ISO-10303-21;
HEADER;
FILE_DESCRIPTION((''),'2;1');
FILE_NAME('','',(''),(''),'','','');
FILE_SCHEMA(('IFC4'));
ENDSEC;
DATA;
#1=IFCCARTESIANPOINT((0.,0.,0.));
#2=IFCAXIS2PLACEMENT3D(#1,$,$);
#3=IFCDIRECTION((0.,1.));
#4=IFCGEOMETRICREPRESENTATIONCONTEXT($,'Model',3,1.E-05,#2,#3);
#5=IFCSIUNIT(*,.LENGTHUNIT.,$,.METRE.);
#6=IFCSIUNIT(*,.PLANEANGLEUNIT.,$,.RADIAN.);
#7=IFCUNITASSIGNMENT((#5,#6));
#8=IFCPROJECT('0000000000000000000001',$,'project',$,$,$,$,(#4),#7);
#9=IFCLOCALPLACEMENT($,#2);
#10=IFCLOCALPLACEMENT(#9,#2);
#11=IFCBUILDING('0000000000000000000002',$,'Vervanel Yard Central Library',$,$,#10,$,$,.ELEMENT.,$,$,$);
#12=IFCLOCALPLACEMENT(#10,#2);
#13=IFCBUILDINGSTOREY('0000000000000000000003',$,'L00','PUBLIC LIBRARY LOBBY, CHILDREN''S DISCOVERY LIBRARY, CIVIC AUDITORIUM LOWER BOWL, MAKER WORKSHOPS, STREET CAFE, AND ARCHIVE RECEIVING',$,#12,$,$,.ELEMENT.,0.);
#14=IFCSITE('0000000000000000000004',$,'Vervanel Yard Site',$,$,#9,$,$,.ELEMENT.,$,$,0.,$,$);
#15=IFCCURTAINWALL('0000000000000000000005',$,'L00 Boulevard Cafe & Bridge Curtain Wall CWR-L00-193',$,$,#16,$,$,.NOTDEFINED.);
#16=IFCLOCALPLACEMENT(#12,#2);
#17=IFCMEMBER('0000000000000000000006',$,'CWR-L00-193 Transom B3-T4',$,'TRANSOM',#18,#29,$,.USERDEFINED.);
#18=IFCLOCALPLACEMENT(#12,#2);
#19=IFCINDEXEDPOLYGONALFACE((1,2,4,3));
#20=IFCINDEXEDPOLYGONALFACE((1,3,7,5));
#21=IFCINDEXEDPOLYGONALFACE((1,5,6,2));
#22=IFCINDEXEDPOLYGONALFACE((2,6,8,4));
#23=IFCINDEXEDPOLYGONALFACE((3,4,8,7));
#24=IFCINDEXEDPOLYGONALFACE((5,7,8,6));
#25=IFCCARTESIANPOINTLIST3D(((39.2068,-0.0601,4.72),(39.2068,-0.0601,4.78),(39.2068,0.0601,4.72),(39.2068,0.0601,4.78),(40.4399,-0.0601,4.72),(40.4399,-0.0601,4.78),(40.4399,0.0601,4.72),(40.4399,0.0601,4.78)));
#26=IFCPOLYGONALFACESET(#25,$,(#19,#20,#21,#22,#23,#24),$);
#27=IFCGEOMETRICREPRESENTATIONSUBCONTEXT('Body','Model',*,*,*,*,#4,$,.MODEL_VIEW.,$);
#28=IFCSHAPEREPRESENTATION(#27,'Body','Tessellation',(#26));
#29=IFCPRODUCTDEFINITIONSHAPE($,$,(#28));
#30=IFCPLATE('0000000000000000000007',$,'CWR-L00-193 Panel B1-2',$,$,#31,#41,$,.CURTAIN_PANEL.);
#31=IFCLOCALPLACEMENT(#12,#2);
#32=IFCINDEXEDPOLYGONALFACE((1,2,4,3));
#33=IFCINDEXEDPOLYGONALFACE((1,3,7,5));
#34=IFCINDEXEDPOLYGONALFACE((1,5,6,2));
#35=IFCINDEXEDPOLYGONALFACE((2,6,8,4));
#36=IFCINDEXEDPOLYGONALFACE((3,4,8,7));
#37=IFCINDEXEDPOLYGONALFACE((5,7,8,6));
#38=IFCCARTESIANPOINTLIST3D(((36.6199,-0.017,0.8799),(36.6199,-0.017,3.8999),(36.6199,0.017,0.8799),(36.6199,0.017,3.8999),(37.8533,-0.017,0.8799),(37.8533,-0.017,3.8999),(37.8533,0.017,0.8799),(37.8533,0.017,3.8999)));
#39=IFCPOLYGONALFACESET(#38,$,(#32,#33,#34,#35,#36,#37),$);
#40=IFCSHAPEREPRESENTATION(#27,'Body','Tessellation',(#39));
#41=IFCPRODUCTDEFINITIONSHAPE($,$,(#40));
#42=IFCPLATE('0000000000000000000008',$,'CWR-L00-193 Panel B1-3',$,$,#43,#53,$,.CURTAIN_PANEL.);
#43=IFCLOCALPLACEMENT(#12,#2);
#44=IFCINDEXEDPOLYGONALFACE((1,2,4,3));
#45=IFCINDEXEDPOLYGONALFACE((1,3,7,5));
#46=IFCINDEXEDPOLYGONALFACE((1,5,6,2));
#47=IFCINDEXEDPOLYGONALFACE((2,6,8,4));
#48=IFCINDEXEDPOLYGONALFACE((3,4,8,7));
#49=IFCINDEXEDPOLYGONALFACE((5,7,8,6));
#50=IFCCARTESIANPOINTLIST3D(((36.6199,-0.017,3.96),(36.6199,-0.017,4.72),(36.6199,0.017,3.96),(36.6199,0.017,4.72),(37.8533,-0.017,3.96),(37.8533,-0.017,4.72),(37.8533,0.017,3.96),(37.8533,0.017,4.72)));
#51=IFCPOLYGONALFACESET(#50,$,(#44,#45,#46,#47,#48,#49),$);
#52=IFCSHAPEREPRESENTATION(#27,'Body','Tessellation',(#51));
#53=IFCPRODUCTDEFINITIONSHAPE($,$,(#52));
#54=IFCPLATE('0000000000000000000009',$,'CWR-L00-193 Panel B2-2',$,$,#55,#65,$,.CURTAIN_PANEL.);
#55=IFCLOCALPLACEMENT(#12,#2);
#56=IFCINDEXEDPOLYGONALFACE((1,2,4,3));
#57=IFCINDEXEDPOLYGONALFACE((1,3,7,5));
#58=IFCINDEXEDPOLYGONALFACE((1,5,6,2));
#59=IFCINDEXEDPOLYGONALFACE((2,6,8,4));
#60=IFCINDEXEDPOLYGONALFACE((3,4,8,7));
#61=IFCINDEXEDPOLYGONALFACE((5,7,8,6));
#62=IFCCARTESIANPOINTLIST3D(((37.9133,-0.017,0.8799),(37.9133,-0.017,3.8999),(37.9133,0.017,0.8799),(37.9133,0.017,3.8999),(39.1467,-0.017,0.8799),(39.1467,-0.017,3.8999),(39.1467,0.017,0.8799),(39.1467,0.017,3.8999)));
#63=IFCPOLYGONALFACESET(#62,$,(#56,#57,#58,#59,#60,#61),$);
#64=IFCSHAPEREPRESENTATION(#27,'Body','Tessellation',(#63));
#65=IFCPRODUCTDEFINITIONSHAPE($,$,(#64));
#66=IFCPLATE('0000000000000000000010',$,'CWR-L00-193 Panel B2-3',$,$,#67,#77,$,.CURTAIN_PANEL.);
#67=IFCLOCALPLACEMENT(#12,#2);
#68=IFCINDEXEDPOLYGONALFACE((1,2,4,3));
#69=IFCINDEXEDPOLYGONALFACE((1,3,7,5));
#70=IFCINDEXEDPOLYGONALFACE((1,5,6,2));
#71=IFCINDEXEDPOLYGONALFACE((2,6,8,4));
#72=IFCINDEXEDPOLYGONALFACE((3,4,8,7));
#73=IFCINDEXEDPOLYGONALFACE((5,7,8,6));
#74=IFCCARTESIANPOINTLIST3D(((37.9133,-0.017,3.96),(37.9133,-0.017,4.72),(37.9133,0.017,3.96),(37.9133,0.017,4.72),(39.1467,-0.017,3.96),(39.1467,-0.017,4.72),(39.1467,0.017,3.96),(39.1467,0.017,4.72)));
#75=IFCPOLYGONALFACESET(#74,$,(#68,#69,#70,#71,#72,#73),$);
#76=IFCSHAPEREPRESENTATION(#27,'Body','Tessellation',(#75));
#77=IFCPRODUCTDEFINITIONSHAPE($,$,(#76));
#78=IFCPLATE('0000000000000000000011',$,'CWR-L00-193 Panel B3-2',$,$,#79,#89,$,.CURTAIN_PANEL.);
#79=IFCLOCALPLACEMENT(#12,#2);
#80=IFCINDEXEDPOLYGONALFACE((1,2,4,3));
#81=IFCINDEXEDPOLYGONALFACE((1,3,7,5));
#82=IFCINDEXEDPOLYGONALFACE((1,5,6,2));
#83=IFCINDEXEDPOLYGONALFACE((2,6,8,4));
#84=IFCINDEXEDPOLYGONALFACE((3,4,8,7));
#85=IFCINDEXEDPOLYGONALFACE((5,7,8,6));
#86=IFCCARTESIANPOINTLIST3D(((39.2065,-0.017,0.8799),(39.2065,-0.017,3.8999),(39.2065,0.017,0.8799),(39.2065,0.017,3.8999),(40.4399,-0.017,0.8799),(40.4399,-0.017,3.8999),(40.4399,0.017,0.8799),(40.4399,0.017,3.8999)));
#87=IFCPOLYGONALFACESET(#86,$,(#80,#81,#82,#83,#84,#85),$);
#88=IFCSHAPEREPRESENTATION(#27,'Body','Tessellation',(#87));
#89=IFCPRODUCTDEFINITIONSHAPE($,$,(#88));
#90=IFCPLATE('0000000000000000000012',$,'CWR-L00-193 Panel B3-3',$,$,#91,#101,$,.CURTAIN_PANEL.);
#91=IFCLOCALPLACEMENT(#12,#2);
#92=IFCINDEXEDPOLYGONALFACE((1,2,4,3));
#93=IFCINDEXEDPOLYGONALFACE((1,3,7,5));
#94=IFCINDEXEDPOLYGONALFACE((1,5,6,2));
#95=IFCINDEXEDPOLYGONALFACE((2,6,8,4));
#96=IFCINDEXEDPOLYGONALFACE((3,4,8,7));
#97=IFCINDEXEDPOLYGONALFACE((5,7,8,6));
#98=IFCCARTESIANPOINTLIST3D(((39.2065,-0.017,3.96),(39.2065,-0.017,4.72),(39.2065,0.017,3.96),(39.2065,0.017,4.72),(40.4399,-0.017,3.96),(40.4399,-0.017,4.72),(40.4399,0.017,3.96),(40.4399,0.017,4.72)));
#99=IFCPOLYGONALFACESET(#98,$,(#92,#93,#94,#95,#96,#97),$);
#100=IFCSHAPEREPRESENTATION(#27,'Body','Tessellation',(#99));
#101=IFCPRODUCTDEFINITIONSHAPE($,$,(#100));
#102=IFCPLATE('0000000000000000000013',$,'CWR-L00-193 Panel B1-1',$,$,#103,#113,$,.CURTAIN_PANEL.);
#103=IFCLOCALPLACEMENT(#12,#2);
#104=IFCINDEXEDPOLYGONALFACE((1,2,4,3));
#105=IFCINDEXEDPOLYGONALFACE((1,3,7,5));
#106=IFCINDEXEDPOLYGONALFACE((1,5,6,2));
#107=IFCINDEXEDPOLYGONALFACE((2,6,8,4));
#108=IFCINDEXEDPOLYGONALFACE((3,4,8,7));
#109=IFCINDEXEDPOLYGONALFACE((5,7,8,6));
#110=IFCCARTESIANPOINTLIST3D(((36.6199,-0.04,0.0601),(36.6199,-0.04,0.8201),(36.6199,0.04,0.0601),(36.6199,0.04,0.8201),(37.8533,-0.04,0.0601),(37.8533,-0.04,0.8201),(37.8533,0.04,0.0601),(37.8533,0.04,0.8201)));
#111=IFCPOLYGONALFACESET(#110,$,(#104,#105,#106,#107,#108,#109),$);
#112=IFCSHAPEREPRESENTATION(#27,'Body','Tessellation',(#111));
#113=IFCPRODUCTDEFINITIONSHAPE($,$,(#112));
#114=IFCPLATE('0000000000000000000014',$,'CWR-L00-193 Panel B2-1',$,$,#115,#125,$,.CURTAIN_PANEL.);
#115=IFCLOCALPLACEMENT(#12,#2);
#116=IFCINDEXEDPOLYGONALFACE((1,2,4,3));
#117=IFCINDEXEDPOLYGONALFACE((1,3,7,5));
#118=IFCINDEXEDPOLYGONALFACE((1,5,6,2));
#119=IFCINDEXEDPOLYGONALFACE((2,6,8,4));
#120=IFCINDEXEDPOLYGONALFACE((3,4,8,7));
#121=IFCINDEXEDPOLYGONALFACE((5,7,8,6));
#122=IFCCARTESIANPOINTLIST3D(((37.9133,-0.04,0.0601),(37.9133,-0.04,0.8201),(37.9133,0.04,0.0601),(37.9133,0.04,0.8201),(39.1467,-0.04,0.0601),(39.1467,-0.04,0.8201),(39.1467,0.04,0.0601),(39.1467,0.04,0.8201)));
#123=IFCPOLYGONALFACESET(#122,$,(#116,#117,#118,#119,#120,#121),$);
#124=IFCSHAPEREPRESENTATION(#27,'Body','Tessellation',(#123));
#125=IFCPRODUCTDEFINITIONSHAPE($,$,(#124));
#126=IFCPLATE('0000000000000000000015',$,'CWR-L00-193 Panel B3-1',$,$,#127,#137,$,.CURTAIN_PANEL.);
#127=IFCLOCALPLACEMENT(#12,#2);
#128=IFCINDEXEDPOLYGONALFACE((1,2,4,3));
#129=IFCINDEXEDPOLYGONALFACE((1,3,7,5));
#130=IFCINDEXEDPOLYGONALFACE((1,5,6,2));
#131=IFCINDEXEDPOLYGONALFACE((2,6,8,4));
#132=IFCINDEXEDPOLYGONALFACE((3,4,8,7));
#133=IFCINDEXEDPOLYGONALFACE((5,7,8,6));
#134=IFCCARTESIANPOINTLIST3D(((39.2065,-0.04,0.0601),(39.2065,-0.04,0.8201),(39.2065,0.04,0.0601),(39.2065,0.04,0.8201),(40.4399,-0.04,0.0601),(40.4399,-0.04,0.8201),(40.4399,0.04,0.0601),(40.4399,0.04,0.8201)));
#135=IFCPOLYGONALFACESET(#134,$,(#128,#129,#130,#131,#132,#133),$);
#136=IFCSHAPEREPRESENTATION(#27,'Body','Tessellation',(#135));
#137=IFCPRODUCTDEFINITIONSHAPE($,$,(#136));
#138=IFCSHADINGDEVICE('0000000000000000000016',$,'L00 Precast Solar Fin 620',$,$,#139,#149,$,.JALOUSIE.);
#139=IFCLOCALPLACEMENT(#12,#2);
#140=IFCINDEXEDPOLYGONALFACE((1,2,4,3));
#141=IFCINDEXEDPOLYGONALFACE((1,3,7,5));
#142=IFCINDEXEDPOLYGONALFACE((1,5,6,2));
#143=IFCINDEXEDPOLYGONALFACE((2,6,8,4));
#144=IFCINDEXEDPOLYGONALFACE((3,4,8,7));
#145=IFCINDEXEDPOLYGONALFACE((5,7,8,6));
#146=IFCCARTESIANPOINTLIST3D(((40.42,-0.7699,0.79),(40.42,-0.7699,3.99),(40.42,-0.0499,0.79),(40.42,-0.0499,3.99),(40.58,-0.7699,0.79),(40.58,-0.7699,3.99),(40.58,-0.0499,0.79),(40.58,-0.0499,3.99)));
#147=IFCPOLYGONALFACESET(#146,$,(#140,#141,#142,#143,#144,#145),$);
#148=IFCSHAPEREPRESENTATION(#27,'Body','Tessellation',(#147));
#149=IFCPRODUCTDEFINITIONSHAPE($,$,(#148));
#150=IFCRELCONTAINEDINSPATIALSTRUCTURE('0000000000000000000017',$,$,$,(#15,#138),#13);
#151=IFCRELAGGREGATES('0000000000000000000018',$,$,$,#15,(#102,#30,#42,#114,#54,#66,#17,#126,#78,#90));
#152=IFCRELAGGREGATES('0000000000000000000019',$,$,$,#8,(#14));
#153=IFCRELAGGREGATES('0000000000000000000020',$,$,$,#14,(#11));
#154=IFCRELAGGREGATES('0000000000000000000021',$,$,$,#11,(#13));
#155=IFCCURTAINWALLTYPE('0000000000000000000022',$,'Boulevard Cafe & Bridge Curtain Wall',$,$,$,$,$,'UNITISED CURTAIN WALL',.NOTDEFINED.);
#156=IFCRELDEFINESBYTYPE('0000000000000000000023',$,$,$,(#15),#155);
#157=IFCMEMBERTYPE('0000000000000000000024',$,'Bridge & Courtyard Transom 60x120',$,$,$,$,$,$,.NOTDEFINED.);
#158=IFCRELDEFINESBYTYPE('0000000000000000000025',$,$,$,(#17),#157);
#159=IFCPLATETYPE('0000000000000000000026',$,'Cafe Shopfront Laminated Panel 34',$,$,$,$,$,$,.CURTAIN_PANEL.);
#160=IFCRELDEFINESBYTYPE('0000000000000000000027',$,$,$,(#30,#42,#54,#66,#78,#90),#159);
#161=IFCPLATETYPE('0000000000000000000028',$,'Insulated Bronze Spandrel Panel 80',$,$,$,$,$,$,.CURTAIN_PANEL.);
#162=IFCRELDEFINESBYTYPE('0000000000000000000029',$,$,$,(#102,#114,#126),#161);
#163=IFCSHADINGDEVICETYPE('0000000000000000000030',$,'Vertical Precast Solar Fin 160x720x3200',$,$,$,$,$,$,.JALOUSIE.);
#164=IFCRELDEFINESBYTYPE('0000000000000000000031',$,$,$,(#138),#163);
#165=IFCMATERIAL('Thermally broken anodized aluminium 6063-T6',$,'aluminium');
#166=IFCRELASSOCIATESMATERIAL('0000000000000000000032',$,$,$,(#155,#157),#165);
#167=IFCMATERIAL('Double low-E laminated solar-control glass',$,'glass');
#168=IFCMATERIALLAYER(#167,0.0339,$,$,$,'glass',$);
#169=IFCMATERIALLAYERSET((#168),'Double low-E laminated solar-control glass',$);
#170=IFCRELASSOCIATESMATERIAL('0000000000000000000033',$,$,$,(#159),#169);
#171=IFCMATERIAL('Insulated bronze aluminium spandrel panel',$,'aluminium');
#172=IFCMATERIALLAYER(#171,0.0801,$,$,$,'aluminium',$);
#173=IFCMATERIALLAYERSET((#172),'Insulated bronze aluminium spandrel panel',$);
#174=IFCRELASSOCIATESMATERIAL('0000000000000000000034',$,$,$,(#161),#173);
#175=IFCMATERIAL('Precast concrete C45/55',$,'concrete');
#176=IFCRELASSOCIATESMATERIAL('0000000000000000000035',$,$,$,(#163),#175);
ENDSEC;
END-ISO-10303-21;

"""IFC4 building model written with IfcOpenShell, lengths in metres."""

from ifc_helpers import new_model, si_unit, direction, frame, origin, origin_2d, place, context, subcontext, project, spatial, rectangle, extrude, material, layer, layer_set, material_profile, profile_set, type_object, element, aggregate, save


model = new_model("IFC4")

# Units and contexts
model_context = context("Model", 3, precision=1e-05, world=origin(), true_north=direction((0.0, 1.0)))
body_context = subcontext(model_context, "Body", "Model", "MODEL_VIEW")
ifc_project = project(units=[si_unit("LENGTHUNIT", "METRE"), si_unit("PLANEANGLEUNIT", "RADIAN")], contexts=[model_context])

# Site, building, storey
site_placement = place(None, origin())
site = spatial("IfcSite", under=ifc_project, at=site_placement, Name="Vervanel Yard Site", CompositionType="ELEMENT", RefElevation=0.0)
building_placement = place(site_placement, origin())
building = spatial("IfcBuilding", under=site, at=building_placement, Name="Vervanel Yard Central Library", CompositionType="ELEMENT")
storey_placement = place(building_placement, origin())
storey = spatial("IfcBuildingStorey", under=building, at=storey_placement, Name="L00", Description="PUBLIC LIBRARY LOBBY, CHILDREN'S DISCOVERY LIBRARY, CIVIC AUDITORIUM LOWER BOWL, MAKER WORKSHOPS, STREET CAFE, AND ARCHIVE RECEIVING", CompositionType="ELEMENT", Elevation=0.0)

# Curtain wall, member, plates
ifc_material_1 = material(Name="Thermally broken anodized aluminium 6063-T6", Category="aluminium")
curtain_wall_type = type_object("IfcCurtainWallType", Name="Boulevard Cafe & Bridge Curtain Wall", ElementType="UNITISED CURTAIN WALL", PredefinedType="NOTDEFINED", material=ifc_material_1)
curtain_wall_placement = place(storey_placement, origin())
curtain_wall = element("IfcCurtainWall", 1, at=curtain_wall_placement, inside=storey, type_object=curtain_wall_type, Name="L00 Boulevard Cafe & Bridge Curtain Wall CWR-L00-193", PredefinedType="NOTDEFINED")
ifc_material_profile_1 = material_profile(ifc_material_1, rectangle(XDim=0.0601, YDim=0.1201, at=origin_2d()), Name="ALU 60x120", Category="aluminium")
ifc_profile_set_1 = profile_set([ifc_material_profile_1], Name="Thermally broken anodized aluminium 6063-T6")
member_type_1 = type_object("IfcMemberType", Name="Bridge & Courtyard Transom 60x120", PredefinedType="NOTDEFINED", material=ifc_profile_set_1)
member_1_placement = place(storey_placement, frame((39.2068, 0.0, 4.75), z_axis=(1.0, 0.0, 0.0), x_axis=(0.0, 0.0, 1.0)))
member_1 = element("IfcMember", 2, at=member_1_placement, type_object=member_type_1, Name="CWR-L00-193 Transom B3-T4", ObjectType="TRANSOM", PredefinedType="USERDEFINED", context=body_context, shape_type="SweptSolid", body=[
    extrude(rectangle(XDim=0.0601, YDim=0.1201, at=origin_2d()), origin(), (0.0, 0.0, 1.0), 1.2332),
])
ifc_material_2 = material(Name="Double low-E laminated solar-control glass", Category="glass")
ifc_layer_1 = layer(ifc_material_2, 0.0339, Category="glass")
ifc_layer_set_1 = layer_set([ifc_layer_1], Name="Double low-E laminated solar-control glass")
plate_type_1 = type_object("IfcPlateType", Name="Cafe Shopfront Laminated Panel 34", PredefinedType="CURTAIN_PANEL", material=ifc_layer_set_1)
plate_1_placement = place(storey_placement, frame((37.2366, 0.0, 0.8799), z_axis=(0.0, 0.0, 1.0), x_axis=(1.0, 0.0, 0.0)))
plate_1 = element("IfcPlate", 3, at=plate_1_placement, type_object=plate_type_1, Name="CWR-L00-193 Panel B1-2", PredefinedType="CURTAIN_PANEL", context=body_context, shape_type="SweptSolid", body=[
    extrude(rectangle(XDim=1.2334, YDim=0.0339, at=origin_2d()), origin(), (0.0, 0.0, 1.0), 3.02),
])
plate_2_placement = place(storey_placement, frame((37.2366, 0.0, 3.96), z_axis=(0.0, 0.0, 1.0), x_axis=(1.0, 0.0, 0.0)))
plate_2 = element("IfcPlate", 4, at=plate_2_placement, type_object=plate_type_1, Name="CWR-L00-193 Panel B1-3", PredefinedType="CURTAIN_PANEL", context=body_context, shape_type="SweptSolid", body=[
    extrude(rectangle(XDim=1.2334, YDim=0.0339, at=origin_2d()), origin(), (0.0, 0.0, 1.0), 0.76),
])
plate_3_placement = place(storey_placement, frame((38.53, 0.0, 0.8799), z_axis=(0.0, 0.0, 1.0), x_axis=(1.0, 0.0, 0.0)))
plate_3 = element("IfcPlate", 5, at=plate_3_placement, type_object=plate_type_1, Name="CWR-L00-193 Panel B2-2", PredefinedType="CURTAIN_PANEL", context=body_context, shape_type="SweptSolid", body=[
    extrude(rectangle(XDim=1.2334, YDim=0.0339, at=origin_2d()), origin(), (0.0, 0.0, 1.0), 3.02),
])
plate_4_placement = place(storey_placement, frame((38.53, 0.0, 3.96), z_axis=(0.0, 0.0, 1.0), x_axis=(1.0, 0.0, 0.0)))
plate_4 = element("IfcPlate", 6, at=plate_4_placement, type_object=plate_type_1, Name="CWR-L00-193 Panel B2-3", PredefinedType="CURTAIN_PANEL", context=body_context, shape_type="SweptSolid", body=[
    extrude(rectangle(XDim=1.2334, YDim=0.0339, at=origin_2d()), origin(), (0.0, 0.0, 1.0), 0.76),
])
plate_5_placement = place(storey_placement, frame((39.8232, 0.0, 0.8799), z_axis=(0.0, 0.0, 1.0), x_axis=(1.0, 0.0, 0.0)))
plate_5 = element("IfcPlate", 7, at=plate_5_placement, type_object=plate_type_1, Name="CWR-L00-193 Panel B3-2", PredefinedType="CURTAIN_PANEL", context=body_context, shape_type="SweptSolid", body=[
    extrude(rectangle(XDim=1.2334, YDim=0.0339, at=origin_2d()), origin(), (0.0, 0.0, 1.0), 3.02),
])
plate_6_placement = place(storey_placement, frame((39.8232, 0.0, 3.96), z_axis=(0.0, 0.0, 1.0), x_axis=(1.0, 0.0, 0.0)))
plate_6 = element("IfcPlate", 8, at=plate_6_placement, type_object=plate_type_1, Name="CWR-L00-193 Panel B3-3", PredefinedType="CURTAIN_PANEL", context=body_context, shape_type="SweptSolid", body=[
    extrude(rectangle(XDim=1.2334, YDim=0.0339, at=origin_2d()), origin(), (0.0, 0.0, 1.0), 0.76),
])
ifc_material_3 = material(Name="Insulated bronze aluminium spandrel panel", Category="aluminium")
ifc_layer_2 = layer(ifc_material_3, 0.0801, Category="aluminium")
ifc_layer_set_2 = layer_set([ifc_layer_2], Name="Insulated bronze aluminium spandrel panel")
plate_type_2 = type_object("IfcPlateType", Name="Insulated Bronze Spandrel Panel 80", PredefinedType="CURTAIN_PANEL", material=ifc_layer_set_2)
plate_7_placement = place(storey_placement, frame((37.2366, 0.0, 0.0601), z_axis=(0.0, 0.0, 1.0), x_axis=(1.0, 0.0, 0.0)))
plate_7 = element("IfcPlate", 9, at=plate_7_placement, type_object=plate_type_2, Name="CWR-L00-193 Panel B1-1", PredefinedType="CURTAIN_PANEL", context=body_context, shape_type="SweptSolid", body=[
    extrude(rectangle(XDim=1.2334, YDim=0.0801, at=origin_2d()), origin(), (0.0, 0.0, 1.0), 0.76),
])
plate_8_placement = place(storey_placement, frame((38.53, 0.0, 0.0601), z_axis=(0.0, 0.0, 1.0), x_axis=(1.0, 0.0, 0.0)))
plate_8 = element("IfcPlate", 10, at=plate_8_placement, type_object=plate_type_2, Name="CWR-L00-193 Panel B2-1", PredefinedType="CURTAIN_PANEL", context=body_context, shape_type="SweptSolid", body=[
    extrude(rectangle(XDim=1.2334, YDim=0.0801, at=origin_2d()), origin(), (0.0, 0.0, 1.0), 0.76),
])
plate_9_placement = place(storey_placement, frame((39.8232, 0.0, 0.0601), z_axis=(0.0, 0.0, 1.0), x_axis=(1.0, 0.0, 0.0)))
plate_9 = element("IfcPlate", 11, at=plate_9_placement, type_object=plate_type_2, Name="CWR-L00-193 Panel B3-1", PredefinedType="CURTAIN_PANEL", context=body_context, shape_type="SweptSolid", body=[
    extrude(rectangle(XDim=1.2334, YDim=0.0801, at=origin_2d()), origin(), (0.0, 0.0, 1.0), 0.76),
])
aggregate(curtain_wall, [plate_7, plate_1, plate_2, plate_8, plate_3, plate_4, member_1, plate_9, plate_5, plate_6])

# Shading device
ifc_material_4 = material(Name="Precast concrete C45/55", Category="concrete")
shading_device_type = type_object("IfcShadingDeviceType", Name="Vertical Precast Solar Fin 160x720x3200", PredefinedType="JALOUSIE", material=ifc_material_4)
shading_device_placement = place(storey_placement, frame((40.5, -0.4099, 0.79), z_axis=(0.0, 0.0, 1.0), x_axis=(1.0, 0.0, 0.0)))
element("IfcShadingDevice", 12, at=shading_device_placement, inside=storey, type_object=shading_device_type, Name="L00 Precast Solar Fin 620", PredefinedType="JALOUSIE", context=body_context, shape_type="SweptSolid", body=[
    extrude(rectangle(XDim=0.1599, YDim=0.72, at=origin_2d()), origin(), (0.0, 0.0, 1.0), 3.2),
])

save(model, "model.ifc")
